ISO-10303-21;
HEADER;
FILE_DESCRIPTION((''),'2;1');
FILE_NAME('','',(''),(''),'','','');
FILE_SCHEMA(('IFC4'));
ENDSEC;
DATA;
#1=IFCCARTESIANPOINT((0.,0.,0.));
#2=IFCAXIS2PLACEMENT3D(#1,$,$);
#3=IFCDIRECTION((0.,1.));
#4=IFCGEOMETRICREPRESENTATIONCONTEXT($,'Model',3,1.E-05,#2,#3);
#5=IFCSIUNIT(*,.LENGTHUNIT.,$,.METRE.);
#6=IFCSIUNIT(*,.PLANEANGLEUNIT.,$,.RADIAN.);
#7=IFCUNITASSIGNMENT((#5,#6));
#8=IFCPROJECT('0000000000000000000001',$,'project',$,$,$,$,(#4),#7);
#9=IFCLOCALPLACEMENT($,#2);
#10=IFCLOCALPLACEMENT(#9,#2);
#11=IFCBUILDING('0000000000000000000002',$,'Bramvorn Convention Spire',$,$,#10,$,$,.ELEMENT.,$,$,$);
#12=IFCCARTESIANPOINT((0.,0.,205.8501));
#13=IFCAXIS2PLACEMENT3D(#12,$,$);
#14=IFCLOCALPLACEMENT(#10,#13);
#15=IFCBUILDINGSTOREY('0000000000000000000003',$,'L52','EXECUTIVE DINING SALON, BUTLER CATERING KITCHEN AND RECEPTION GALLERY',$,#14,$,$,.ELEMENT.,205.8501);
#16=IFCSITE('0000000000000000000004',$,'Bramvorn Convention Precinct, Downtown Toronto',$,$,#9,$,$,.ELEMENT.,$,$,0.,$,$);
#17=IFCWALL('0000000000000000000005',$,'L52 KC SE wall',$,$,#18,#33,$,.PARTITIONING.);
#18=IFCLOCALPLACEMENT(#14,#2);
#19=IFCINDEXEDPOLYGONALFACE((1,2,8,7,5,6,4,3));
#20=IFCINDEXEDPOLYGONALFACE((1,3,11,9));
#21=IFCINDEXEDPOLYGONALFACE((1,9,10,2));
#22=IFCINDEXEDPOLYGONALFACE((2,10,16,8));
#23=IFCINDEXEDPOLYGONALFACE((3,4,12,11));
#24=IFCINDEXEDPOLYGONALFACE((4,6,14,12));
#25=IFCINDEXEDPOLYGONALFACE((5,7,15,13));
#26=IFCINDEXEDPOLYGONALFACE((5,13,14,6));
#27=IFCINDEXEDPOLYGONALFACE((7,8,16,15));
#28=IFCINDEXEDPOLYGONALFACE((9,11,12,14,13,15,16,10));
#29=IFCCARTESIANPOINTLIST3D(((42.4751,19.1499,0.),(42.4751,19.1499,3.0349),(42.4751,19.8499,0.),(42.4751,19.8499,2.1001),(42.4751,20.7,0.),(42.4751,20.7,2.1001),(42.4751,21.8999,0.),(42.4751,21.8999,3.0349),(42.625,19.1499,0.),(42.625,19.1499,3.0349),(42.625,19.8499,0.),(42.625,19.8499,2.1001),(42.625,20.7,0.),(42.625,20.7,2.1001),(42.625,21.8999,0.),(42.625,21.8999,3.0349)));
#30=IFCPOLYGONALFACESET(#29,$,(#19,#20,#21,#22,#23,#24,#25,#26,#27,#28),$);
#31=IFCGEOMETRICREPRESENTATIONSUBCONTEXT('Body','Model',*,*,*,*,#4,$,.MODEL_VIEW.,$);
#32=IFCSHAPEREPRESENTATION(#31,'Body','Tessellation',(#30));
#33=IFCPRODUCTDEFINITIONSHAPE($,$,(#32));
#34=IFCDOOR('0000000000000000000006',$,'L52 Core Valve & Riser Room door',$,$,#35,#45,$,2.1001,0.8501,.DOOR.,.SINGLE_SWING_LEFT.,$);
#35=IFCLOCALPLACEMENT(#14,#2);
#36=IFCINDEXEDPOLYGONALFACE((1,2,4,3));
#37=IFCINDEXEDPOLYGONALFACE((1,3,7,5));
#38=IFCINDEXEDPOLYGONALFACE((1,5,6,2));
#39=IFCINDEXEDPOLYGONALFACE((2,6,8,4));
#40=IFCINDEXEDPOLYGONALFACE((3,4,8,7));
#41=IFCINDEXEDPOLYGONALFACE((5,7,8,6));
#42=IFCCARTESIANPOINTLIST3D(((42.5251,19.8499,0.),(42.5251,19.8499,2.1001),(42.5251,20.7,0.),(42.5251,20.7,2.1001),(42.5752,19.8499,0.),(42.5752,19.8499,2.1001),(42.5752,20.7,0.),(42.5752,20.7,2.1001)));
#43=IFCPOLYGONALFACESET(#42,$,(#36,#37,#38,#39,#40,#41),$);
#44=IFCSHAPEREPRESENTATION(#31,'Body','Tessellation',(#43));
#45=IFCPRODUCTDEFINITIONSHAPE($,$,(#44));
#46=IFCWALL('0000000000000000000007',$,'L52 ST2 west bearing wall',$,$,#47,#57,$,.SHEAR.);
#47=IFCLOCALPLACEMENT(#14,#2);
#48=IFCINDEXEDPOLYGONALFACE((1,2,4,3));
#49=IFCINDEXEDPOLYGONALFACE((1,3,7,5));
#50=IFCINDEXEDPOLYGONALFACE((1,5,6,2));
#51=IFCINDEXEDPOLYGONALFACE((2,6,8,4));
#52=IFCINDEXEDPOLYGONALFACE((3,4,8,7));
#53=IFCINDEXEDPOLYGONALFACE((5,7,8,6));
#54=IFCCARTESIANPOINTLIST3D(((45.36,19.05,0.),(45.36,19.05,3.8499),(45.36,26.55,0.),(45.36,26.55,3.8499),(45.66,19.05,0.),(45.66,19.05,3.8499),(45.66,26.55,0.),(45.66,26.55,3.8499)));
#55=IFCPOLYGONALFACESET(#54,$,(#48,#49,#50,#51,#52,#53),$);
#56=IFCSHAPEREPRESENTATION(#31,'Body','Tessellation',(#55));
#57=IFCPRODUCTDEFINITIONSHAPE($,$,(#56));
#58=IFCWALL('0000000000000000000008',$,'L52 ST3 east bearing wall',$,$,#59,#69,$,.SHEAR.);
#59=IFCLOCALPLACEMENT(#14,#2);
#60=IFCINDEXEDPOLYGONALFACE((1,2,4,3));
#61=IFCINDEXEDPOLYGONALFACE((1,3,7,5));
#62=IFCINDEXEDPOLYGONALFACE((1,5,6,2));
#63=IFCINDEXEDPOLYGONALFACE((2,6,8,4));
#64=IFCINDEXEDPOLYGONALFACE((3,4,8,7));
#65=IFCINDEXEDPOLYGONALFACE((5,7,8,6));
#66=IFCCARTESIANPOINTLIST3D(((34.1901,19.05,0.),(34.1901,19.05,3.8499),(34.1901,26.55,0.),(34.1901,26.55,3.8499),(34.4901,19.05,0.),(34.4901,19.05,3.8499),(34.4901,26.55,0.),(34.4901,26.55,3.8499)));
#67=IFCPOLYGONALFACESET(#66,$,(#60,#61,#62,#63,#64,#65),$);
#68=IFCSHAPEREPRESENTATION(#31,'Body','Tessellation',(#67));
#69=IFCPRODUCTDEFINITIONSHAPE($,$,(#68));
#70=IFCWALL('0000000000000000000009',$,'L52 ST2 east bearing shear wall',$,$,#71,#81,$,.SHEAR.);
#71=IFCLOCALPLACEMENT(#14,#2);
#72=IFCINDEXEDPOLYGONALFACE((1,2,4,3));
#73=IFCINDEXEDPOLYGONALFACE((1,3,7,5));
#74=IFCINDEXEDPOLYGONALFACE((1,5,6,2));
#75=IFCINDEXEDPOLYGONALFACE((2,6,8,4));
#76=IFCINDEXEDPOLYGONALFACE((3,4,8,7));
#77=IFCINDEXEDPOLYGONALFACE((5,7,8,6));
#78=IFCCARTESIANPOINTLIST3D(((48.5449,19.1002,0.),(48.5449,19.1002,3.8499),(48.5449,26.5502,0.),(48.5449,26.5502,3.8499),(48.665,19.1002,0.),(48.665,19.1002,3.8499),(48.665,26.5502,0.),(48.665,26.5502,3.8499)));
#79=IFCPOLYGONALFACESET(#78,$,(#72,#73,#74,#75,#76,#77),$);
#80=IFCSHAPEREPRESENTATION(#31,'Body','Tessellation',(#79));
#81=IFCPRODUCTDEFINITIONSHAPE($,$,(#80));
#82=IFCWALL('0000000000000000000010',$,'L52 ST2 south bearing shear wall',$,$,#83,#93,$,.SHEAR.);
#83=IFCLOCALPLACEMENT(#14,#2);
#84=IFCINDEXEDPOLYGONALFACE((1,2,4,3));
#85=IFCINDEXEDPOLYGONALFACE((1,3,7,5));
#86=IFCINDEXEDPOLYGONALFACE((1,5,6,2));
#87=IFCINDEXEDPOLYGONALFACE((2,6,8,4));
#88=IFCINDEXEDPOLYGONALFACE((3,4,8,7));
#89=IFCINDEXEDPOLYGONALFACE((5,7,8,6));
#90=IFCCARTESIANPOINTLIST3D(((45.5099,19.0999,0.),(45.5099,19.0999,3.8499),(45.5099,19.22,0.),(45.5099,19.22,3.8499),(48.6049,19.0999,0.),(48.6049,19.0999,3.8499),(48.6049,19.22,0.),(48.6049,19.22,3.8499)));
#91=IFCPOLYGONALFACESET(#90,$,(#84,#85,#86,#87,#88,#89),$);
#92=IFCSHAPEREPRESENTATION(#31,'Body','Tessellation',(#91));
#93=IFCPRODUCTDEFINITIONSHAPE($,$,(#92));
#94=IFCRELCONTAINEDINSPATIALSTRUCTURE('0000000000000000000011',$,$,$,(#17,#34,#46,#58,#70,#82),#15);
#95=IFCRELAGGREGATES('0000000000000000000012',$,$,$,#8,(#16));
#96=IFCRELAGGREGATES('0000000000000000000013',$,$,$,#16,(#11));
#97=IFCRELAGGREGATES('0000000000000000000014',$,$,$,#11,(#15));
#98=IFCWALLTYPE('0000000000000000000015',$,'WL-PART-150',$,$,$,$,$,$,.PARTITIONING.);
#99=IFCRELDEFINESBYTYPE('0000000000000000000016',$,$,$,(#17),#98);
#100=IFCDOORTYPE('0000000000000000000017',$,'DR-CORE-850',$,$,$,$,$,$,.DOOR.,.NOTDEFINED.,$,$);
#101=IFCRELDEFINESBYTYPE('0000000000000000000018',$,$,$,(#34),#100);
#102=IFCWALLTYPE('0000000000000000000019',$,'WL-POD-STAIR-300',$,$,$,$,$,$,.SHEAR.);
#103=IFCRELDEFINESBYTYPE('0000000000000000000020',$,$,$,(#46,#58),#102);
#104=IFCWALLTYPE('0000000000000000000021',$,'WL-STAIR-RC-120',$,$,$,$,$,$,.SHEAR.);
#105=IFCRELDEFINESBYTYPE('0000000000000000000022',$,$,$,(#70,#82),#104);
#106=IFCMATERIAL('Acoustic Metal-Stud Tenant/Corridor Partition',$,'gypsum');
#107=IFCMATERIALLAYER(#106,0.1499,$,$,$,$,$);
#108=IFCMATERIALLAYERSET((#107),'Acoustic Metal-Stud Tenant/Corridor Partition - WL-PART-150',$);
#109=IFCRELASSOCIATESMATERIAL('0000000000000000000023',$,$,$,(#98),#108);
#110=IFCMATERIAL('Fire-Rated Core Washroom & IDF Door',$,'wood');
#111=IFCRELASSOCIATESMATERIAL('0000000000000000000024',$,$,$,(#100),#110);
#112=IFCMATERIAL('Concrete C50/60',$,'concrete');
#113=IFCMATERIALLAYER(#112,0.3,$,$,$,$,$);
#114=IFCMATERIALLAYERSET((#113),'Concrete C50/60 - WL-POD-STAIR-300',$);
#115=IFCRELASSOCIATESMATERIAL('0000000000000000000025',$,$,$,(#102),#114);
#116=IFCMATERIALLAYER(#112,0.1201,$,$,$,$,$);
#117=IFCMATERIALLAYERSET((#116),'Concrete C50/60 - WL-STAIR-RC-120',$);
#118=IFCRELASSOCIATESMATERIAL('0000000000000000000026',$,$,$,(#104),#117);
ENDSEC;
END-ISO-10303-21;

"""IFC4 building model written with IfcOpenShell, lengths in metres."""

from ifc_helpers import new_model, si_unit, direction, frame, frame_2d, origin, place, context, subcontext, project, spatial, rectangle, extrude, material, layer, layer_set, type_object, element, fill, save


model = new_model("IFC4")

# Units and contexts
model_context = context("Model", 3, precision=1e-05, world=origin(), true_north=direction((0.0, 1.0)))
body_context = subcontext(model_context, "Body", "Model", "MODEL_VIEW")
ifc_project = project(units=[si_unit("LENGTHUNIT", "METRE"), si_unit("PLANEANGLEUNIT", "RADIAN")], contexts=[model_context])

# Site, building, storey
site_placement = place(None, origin())
site = spatial("IfcSite", under=ifc_project, at=site_placement, Name="Bramvorn Convention Precinct, Downtown Toronto", CompositionType="ELEMENT", RefElevation=0.0)
building_placement = place(site_placement, origin())
building = spatial("IfcBuilding", under=site, at=building_placement, Name="Bramvorn Convention Spire", CompositionType="ELEMENT")
storey_placement = place(building_placement, frame((0.0, 0.0, 205.8501)))
storey = spatial("IfcBuildingStorey", under=building, at=storey_placement, Name="L52", Description="EXECUTIVE DINING SALON, BUTLER CATERING KITCHEN AND RECEPTION GALLERY", CompositionType="ELEMENT", Elevation=205.8501)

# Shared definitions
ifc_material_1 = material(Name="Concrete C50/60", Category="concrete")

# Wall, opening, door
ifc_material_2 = material(Name="Acoustic Metal-Stud Tenant/Corridor Partition", Category="gypsum")
ifc_layer_1 = layer(ifc_material_2, 0.1499)
ifc_layer_set_1 = layer_set([ifc_layer_1], Name="Acoustic Metal-Stud Tenant/Corridor Partition - WL-PART-150")
wall_type_1 = type_object("IfcWallType", Name="WL-PART-150", PredefinedType="PARTITIONING", material=ifc_layer_set_1)
wall_1_placement = place(storey_placement, frame((42.55, 19.1499, 0.0), z_axis=(0.0, 0.0, 1.0), x_axis=(0.0, 1.0, 0.0)))
wall_1 = element("IfcWall", 1, at=wall_1_placement, inside=storey, type_object=wall_type_1, Name="L52 KC SE wall", PredefinedType="PARTITIONING", context=body_context, shape_type="SweptSolid", body=[
    extrude(rectangle(XDim=2.75, YDim=0.1499, at=frame_2d((1.375, 0.0))), origin(), (0.0, 0.0, 1.0), 3.0349),
])
opening_1_placement = place(wall_1_placement, frame((0.7, 0.0, 0.0)))
opening_1 = element("IfcOpeningElement", 2, at=opening_1_placement, cuts=wall_1, PredefinedType="OPENING", context=body_context, shape_type="SweptSolid", body=[
    extrude(rectangle(XDim=0.8501, YDim=2.1001, at=frame_2d((0.425, 1.05))), frame((0.0, 0.085, 0.0), z_axis=(0.0, -1.0, 0.0), x_axis=(1.0, 0.0, 0.0)), (0.0, 0.0, 1.0), 0.1699),
])
ifc_material_3 = material(Name="Fire-Rated Core Washroom & IDF Door", Category="wood")
door_type_1 = type_object("IfcDoorType", Name="DR-CORE-850", OperationType="NOTDEFINED", PredefinedType="DOOR", material=ifc_material_3)
door_1_placement = place(opening_1_placement, origin())
door_1 = element("IfcDoor", 3, at=door_1_placement, inside=storey, type_object=door_type_1, Name="L52 Core Valve & Riser Room door", OperationType="SINGLE_SWING_LEFT", OverallHeight=2.1001, OverallWidth=0.8501, PredefinedType="DOOR", context=body_context, shape_type="SweptSolid", body=[
    extrude(rectangle(XDim=0.8501, YDim=2.1001, at=frame_2d((0.425, 1.05))), frame((0.0, 0.0249, 0.0), z_axis=(0.0, -1.0, 0.0), x_axis=(1.0, 0.0, 0.0)), (0.0, 0.0, 1.0), 0.05),
])
fill(opening_1, door_1)

# Walls
ifc_layer_2 = layer(ifc_material_1, 0.3)
ifc_layer_set_2 = layer_set([ifc_layer_2], Name="Concrete C50/60 - WL-POD-STAIR-300")
wall_type_2 = type_object("IfcWallType", Name="WL-POD-STAIR-300", PredefinedType="SHEAR", material=ifc_layer_set_2)
for number, where, z_axis, x_axis, name in (
    (4, (45.51, 19.05, 0.0), (0.0, 0.0, 1.0), (0.0, 1.0, 0.0), "L52 ST2 west bearing wall"),
    (5, (34.3401, 19.05, 0.0), (0.0, 0.0, 1.0), (0.0, 1.0, 0.0), "L52 ST3 east bearing wall"),
):
    element("IfcWall", number, at=place(storey_placement, frame(where, z_axis=z_axis, x_axis=x_axis)), inside=storey, type_object=wall_type_2, Name=name, PredefinedType="SHEAR", context=body_context, shape_type="SweptSolid", body=[
        extrude(rectangle(XDim=7.5, YDim=0.3, at=frame_2d((3.75, 0.0))), origin(), (0.0, 0.0, 1.0), 3.8499),
    ])
ifc_layer_3 = layer(ifc_material_1, 0.1201)
ifc_layer_set_3 = layer_set([ifc_layer_3], Name="Concrete C50/60 - WL-STAIR-RC-120")
wall_type_3 = type_object("IfcWallType", Name="WL-STAIR-RC-120", PredefinedType="SHEAR", material=ifc_layer_set_3)
wall_2_placement = place(storey_placement, frame((48.605, 19.1001, 0.0), z_axis=(0.0, 0.0, 1.0), x_axis=(0.0, 1.0, 0.0)))
element("IfcWall", 6, at=wall_2_placement, inside=storey, type_object=wall_type_3, Name="L52 ST2 east bearing shear wall", PredefinedType="SHEAR", context=body_context, shape_type="SweptSolid", body=[
    extrude(rectangle(XDim=7.45, YDim=0.1201, at=frame_2d((3.7251, 0.0))), origin(), (0.0, 0.0, 1.0), 3.8499),
])
wall_3_placement = place(storey_placement, frame((45.51, 19.1599, 0.0), z_axis=(0.0, 0.0, 1.0), x_axis=(1.0, 0.0, 0.0)))
element("IfcWall", 7, at=wall_3_placement, inside=storey, type_object=wall_type_3, Name="L52 ST2 south bearing shear wall", PredefinedType="SHEAR", context=body_context, shape_type="SweptSolid", body=[
    extrude(rectangle(XDim=3.095, YDim=0.1201, at=frame_2d((1.5474, 0.0))), origin(), (0.0, 0.0, 1.0), 3.8499),
])

save(model, "model.ifc")
